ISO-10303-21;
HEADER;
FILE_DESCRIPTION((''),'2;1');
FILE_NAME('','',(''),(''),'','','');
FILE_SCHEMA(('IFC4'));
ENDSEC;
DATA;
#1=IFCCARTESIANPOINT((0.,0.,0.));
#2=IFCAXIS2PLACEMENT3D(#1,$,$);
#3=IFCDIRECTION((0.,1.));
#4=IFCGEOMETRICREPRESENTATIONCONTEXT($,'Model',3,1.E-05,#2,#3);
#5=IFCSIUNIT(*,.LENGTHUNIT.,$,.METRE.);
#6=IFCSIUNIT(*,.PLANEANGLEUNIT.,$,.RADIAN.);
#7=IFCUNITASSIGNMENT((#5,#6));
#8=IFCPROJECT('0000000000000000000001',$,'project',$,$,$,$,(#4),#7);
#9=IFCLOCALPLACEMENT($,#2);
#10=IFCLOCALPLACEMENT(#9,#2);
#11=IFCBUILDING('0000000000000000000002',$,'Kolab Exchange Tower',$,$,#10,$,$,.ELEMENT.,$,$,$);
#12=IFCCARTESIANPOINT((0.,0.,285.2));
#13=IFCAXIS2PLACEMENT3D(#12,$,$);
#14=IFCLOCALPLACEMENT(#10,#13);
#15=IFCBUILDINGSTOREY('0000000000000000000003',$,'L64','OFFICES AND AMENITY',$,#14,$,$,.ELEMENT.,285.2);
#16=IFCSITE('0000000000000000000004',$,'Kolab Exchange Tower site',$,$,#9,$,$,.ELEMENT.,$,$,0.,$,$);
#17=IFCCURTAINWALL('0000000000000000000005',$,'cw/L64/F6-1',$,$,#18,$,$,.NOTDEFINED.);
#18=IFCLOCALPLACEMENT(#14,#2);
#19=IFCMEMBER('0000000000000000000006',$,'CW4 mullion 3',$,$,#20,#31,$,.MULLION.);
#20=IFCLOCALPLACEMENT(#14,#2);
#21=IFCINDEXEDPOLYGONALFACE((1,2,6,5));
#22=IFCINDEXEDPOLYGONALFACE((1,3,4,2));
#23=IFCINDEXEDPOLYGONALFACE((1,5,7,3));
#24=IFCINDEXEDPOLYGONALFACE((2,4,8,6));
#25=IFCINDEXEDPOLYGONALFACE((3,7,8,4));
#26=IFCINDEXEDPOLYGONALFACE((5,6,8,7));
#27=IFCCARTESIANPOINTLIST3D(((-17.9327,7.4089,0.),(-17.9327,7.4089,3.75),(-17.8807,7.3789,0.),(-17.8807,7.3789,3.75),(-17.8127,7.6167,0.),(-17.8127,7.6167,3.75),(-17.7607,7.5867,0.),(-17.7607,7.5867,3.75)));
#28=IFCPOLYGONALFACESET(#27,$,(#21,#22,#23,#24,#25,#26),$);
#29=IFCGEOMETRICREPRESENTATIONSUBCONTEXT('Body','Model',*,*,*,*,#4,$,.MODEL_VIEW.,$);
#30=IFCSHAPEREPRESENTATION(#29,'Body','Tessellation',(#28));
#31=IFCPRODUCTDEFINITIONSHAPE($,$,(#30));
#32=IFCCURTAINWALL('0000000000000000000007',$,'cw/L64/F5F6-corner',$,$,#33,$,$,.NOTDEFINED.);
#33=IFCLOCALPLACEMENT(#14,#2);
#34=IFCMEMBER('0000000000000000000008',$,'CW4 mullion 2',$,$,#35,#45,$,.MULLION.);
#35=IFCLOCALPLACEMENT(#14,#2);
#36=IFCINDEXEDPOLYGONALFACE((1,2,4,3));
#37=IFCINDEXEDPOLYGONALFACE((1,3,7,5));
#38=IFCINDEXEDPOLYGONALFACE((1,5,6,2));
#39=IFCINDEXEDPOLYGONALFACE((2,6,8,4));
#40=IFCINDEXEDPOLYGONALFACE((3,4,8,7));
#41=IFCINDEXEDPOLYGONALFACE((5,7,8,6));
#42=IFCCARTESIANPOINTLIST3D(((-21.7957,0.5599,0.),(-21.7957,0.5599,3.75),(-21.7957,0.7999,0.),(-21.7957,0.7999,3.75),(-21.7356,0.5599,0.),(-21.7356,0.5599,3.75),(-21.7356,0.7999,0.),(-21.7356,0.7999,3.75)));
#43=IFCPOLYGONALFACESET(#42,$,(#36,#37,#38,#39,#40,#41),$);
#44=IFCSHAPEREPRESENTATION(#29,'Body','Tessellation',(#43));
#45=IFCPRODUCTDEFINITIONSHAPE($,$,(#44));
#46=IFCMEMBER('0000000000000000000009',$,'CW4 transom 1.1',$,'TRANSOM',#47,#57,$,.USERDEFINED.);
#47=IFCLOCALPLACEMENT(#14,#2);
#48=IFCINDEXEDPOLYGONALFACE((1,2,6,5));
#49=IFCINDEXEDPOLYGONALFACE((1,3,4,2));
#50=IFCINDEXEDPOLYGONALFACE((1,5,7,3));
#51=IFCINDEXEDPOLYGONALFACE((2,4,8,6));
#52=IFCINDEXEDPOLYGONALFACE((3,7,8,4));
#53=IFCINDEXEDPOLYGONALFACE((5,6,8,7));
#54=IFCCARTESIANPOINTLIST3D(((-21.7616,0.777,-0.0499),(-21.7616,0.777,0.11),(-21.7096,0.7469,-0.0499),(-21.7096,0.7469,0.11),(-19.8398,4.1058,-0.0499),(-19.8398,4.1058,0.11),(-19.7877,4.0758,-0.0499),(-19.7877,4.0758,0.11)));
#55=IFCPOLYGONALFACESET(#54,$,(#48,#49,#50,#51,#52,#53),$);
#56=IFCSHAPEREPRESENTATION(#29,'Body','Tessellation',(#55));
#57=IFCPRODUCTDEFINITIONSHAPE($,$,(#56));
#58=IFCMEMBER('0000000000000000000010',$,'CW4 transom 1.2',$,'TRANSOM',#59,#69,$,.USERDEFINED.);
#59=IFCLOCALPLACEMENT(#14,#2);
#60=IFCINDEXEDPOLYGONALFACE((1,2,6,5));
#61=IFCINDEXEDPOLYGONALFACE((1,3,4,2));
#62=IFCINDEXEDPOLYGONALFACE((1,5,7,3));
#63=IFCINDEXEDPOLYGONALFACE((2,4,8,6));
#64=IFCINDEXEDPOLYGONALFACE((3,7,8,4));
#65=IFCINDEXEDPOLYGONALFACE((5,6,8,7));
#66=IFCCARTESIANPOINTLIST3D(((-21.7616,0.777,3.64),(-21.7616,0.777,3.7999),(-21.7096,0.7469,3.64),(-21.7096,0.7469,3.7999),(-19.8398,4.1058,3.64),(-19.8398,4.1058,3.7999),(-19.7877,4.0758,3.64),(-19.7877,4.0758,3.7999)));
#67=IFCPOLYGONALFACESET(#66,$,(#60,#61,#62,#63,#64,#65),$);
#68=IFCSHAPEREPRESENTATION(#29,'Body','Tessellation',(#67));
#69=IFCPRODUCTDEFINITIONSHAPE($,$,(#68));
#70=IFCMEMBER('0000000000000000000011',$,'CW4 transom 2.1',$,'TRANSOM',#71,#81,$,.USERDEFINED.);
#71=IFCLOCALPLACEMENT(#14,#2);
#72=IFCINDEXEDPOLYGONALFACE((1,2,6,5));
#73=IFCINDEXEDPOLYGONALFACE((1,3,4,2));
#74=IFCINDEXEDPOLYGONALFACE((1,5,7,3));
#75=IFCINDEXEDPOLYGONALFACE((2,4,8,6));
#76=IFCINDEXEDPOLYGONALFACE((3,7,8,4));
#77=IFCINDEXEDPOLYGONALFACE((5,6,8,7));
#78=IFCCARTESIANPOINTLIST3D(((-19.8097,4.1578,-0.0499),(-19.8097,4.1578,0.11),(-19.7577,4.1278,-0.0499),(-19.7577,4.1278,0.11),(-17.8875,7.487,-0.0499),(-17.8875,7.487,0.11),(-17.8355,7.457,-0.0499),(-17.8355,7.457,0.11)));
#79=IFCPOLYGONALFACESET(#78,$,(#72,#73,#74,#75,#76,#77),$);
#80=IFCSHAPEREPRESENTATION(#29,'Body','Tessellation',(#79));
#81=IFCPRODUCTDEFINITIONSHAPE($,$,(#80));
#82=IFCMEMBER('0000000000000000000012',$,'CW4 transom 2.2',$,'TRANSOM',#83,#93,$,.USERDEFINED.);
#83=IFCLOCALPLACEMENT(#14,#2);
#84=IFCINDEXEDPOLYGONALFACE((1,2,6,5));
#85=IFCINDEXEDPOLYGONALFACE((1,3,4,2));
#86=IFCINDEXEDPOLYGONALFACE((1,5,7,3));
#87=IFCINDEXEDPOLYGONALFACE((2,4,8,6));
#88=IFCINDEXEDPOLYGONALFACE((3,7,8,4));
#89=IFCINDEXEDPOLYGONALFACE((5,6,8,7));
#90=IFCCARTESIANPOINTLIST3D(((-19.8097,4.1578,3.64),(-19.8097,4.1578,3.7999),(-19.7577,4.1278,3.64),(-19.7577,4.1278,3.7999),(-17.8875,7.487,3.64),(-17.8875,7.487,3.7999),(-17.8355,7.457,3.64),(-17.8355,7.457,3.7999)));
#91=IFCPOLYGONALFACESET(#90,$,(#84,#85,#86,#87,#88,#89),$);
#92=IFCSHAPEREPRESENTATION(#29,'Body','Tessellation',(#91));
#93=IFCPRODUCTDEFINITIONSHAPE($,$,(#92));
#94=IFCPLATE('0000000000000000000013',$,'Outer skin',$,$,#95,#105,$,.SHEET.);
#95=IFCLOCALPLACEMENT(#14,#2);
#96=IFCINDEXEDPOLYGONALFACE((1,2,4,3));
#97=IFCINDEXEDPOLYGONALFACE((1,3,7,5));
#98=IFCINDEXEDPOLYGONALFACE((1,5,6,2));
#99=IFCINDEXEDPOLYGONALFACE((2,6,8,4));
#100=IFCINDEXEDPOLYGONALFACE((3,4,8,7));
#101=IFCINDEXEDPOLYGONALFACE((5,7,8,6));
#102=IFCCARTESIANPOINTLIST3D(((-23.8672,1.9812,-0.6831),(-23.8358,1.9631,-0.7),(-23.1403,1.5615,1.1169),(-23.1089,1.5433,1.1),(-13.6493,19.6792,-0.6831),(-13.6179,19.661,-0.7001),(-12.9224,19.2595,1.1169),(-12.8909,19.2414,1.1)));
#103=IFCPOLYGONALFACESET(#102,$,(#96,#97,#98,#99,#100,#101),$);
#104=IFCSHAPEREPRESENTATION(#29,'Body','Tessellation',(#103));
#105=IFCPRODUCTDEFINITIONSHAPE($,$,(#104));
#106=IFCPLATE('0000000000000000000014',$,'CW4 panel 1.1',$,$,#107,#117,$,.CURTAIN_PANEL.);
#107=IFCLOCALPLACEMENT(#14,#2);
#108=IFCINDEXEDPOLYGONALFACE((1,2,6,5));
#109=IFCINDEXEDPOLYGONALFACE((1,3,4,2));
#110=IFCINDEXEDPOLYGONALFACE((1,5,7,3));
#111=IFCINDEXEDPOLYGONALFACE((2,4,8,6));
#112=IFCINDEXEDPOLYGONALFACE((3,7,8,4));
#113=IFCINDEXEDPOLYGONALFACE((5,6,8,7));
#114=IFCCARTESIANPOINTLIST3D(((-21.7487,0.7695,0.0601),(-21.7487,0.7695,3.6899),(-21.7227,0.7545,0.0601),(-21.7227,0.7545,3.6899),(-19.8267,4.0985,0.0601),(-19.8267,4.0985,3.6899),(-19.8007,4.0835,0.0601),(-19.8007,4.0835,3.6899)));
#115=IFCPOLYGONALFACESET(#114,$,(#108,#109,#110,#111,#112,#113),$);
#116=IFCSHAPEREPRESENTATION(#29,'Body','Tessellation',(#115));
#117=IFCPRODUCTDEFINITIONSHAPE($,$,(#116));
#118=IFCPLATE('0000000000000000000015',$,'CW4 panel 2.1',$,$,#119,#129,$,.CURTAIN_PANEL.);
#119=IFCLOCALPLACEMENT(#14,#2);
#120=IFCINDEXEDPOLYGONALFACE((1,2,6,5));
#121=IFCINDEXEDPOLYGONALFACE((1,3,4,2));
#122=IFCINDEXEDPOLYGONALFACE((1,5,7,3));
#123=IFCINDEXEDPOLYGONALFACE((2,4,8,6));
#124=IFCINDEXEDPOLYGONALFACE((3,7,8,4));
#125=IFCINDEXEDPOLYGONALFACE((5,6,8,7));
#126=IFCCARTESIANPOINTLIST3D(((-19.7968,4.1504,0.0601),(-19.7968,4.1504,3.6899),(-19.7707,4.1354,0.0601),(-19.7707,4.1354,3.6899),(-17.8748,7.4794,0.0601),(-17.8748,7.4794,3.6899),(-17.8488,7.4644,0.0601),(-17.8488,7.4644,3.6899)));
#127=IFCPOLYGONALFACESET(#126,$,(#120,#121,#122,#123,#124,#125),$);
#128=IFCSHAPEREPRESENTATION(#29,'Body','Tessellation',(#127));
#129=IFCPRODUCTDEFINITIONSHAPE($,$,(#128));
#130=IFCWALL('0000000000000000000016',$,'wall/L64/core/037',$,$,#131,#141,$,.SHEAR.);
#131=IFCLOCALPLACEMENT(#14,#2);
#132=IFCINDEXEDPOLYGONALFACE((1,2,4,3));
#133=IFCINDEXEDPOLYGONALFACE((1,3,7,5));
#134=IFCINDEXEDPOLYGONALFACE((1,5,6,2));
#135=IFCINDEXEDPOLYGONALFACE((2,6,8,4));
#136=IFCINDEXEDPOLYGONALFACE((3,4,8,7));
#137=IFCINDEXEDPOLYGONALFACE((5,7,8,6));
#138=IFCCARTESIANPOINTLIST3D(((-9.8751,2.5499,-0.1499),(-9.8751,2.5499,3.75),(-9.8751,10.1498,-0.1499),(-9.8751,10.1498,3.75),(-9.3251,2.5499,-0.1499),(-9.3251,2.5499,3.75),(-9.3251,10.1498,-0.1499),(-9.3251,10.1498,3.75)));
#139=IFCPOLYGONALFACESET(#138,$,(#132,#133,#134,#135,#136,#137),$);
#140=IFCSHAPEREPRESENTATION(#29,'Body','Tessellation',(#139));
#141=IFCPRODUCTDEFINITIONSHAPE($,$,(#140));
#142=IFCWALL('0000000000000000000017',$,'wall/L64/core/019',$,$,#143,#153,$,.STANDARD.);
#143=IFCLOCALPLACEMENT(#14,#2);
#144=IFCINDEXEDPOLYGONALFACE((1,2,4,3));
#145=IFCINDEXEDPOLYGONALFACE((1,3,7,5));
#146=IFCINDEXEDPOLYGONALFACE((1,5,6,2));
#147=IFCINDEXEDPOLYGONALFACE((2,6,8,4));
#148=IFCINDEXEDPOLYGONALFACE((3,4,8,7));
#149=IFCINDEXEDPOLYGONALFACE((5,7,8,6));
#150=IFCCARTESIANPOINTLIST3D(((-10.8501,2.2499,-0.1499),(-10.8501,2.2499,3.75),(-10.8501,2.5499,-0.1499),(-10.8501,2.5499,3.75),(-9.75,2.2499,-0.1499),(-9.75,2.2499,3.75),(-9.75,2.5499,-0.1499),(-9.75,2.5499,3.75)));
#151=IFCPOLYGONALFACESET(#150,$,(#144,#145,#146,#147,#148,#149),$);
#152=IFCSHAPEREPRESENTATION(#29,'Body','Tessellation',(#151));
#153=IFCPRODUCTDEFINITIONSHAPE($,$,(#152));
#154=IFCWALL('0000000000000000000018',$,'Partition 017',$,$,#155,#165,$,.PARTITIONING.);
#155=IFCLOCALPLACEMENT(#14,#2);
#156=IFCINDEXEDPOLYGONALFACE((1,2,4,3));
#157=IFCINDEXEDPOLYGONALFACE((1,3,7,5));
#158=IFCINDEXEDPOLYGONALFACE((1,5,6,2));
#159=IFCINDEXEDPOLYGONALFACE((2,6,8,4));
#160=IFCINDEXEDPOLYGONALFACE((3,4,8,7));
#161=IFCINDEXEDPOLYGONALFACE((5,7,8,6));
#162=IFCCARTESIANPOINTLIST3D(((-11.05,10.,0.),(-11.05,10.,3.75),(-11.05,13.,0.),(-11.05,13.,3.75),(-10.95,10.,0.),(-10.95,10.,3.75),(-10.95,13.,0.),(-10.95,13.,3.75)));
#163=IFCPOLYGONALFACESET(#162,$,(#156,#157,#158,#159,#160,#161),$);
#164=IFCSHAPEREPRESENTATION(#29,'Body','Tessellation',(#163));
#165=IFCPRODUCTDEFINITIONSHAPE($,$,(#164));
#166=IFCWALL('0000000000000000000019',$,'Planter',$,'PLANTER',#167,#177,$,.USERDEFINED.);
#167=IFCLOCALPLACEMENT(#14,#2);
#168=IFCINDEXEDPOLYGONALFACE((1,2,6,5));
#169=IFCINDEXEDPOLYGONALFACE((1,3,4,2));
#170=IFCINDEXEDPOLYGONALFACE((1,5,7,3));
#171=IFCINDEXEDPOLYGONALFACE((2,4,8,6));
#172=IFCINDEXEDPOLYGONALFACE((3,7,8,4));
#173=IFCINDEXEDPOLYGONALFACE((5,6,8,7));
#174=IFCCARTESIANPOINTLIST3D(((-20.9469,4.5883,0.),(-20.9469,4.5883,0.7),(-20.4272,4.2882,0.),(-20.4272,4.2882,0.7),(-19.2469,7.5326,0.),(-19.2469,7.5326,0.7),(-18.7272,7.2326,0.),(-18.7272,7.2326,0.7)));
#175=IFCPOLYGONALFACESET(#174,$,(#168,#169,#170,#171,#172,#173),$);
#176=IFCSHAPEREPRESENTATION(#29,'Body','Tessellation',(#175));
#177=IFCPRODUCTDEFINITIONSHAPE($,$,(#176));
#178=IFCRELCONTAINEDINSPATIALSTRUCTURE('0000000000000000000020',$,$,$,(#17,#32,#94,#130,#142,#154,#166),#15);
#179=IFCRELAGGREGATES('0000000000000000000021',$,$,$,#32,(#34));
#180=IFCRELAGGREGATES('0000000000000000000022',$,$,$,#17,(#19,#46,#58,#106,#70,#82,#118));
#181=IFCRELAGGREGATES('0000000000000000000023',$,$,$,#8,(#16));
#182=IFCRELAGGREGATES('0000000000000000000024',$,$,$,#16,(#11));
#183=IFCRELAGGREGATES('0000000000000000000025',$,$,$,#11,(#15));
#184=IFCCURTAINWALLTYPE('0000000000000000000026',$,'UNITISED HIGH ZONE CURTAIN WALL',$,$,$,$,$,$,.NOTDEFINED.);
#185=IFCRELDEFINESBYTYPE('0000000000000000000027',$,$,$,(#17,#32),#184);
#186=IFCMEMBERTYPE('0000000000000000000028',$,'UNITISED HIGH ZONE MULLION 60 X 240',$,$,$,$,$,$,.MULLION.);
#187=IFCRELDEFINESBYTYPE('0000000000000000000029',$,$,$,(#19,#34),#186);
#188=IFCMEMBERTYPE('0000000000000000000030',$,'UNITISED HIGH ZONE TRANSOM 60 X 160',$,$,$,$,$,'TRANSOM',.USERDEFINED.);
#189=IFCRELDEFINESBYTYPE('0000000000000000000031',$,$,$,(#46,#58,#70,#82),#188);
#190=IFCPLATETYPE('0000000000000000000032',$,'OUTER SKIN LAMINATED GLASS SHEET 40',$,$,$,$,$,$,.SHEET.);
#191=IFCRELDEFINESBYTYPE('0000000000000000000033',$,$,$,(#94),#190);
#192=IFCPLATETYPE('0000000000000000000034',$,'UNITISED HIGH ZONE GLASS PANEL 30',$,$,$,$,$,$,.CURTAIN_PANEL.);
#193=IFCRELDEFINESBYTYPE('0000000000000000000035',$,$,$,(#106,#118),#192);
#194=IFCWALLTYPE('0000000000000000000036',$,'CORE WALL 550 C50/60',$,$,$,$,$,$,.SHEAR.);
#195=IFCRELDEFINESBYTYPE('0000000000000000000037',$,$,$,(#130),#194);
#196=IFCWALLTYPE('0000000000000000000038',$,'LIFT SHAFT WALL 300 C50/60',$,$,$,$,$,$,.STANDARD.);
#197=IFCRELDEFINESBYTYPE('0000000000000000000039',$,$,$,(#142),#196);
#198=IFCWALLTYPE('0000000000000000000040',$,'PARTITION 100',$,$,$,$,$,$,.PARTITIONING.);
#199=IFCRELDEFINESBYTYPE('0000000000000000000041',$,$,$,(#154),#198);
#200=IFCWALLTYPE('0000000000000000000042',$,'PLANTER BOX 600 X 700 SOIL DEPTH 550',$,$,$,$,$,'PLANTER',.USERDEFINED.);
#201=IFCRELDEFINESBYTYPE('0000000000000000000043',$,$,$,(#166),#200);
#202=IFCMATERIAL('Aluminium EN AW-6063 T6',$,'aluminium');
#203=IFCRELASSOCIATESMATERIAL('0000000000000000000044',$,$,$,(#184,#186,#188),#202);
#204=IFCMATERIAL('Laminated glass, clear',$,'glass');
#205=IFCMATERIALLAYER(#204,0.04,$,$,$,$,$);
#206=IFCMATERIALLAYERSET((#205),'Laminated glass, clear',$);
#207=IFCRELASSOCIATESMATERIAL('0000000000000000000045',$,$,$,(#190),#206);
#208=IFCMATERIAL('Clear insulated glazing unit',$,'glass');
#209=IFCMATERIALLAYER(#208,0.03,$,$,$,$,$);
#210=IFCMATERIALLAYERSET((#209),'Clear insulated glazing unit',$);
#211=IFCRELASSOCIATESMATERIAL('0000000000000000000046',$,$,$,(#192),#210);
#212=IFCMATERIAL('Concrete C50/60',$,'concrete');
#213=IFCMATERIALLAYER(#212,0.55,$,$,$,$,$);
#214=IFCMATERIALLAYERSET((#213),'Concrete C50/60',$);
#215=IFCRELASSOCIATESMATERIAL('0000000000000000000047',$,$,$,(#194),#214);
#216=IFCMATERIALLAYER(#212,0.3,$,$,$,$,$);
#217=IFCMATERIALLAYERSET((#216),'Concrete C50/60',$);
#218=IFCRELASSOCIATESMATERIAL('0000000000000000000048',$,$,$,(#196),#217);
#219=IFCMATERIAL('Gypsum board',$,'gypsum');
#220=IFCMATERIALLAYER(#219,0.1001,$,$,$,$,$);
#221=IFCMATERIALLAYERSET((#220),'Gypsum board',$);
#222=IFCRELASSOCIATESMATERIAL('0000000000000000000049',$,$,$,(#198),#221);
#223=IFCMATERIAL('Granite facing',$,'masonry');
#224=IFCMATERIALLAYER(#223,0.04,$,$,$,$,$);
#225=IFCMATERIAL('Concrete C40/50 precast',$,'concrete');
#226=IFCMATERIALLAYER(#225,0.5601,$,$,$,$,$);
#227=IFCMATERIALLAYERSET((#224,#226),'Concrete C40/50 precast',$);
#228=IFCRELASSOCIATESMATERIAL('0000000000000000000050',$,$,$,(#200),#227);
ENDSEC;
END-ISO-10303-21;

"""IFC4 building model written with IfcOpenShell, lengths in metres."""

from ifc_helpers import new_model, si_unit, direction, frame, frame_2d, origin, origin_2d, place, context, subcontext, project, spatial, polyline, rectangle, outline, extrude, material, layer, layer_set, material_profile, profile_set, type_object, element, aggregate, save


model = new_model("IFC4")

# Units and contexts
model_context = context("Model", 3, precision=1e-05, world=origin(), true_north=direction((0.0, 1.0)))
body_context = subcontext(model_context, "Body", "Model", "MODEL_VIEW")
ifc_project = project(units=[si_unit("LENGTHUNIT", "METRE"), si_unit("PLANEANGLEUNIT", "RADIAN")], contexts=[model_context])

# Site, building, storey
site_placement = place(None, origin())
site = spatial("IfcSite", under=ifc_project, at=site_placement, Name="Kolab Exchange Tower site", CompositionType="ELEMENT", RefElevation=0.0)
building_placement = place(site_placement, origin())
building = spatial("IfcBuilding", under=site, at=building_placement, Name="Kolab Exchange Tower", CompositionType="ELEMENT")
storey_placement = place(building_placement, frame((0.0, 0.0, 285.2)))
storey = spatial("IfcBuildingStorey", under=building, at=storey_placement, Name="L64", Description="OFFICES AND AMENITY", CompositionType="ELEMENT", Elevation=285.2)

# Shared definitions
ifc_material_1 = material(Name="Concrete C50/60", Category="concrete")

# Curtain wall, member
ifc_material_2 = material(Name="Aluminium EN AW-6063 T6", Category="aluminium")
curtain_wall_type = type_object("IfcCurtainWallType", Name="UNITISED HIGH ZONE CURTAIN WALL", PredefinedType="NOTDEFINED", material=ifc_material_2)
curtain_wall_1_placement = place(storey_placement, origin())
curtain_wall_1 = element("IfcCurtainWall", 1, at=curtain_wall_1_placement, inside=storey, type_object=curtain_wall_type, Name="cw/L64/F6-1", PredefinedType="NOTDEFINED")
ifc_material_profile_1 = material_profile(ifc_material_2, rectangle(XDim=0.0601, YDim=0.24, at=origin_2d()), Name="RECT 60X240")
ifc_profile_set_1 = profile_set([ifc_material_profile_1], Name="Aluminium EN AW-6063 T6")
member_type_1 = type_object("IfcMemberType", Name="UNITISED HIGH ZONE MULLION 60 X 240", PredefinedType="MULLION", material=ifc_profile_set_1)
member_1_placement = place(storey_placement, frame((-17.8467, 7.4978, 0.0), z_axis=(0.0, 0.0, 1.0), x_axis=(-0.866025, 0.5, 0.0)))
member_1 = element("IfcMember", 2, at=member_1_placement, type_object=member_type_1, Name="CW4 mullion 3", PredefinedType="MULLION", context=body_context, shape_type="SweptSolid", body=[
    extrude(rectangle(XDim=0.0601, YDim=0.24, at=origin_2d()), origin(), (0.0, 0.0, 1.0), 3.75),
])

# Curtain wall, member
curtain_wall_2_placement = place(storey_placement, origin())
curtain_wall_2 = element("IfcCurtainWall", 3, at=curtain_wall_2_placement, inside=storey, type_object=curtain_wall_type, Name="cw/L64/F5F6-corner", PredefinedType="NOTDEFINED")
member_2_placement = place(storey_placement, frame((-21.7656, 0.6799, 0.0), z_axis=(0.0, 0.0, 1.0), x_axis=(-1.0, 0.0, 0.0)))
member_2 = element("IfcMember", 4, at=member_2_placement, type_object=member_type_1, Name="CW4 mullion 2", PredefinedType="MULLION", context=body_context, shape_type="SweptSolid", body=[
    extrude(rectangle(XDim=0.0601, YDim=0.24, at=origin_2d()), origin(), (0.0, 0.0, 1.0), 3.75),
])
aggregate(curtain_wall_2, [member_2])

# Members
ifc_material_profile_2 = material_profile(ifc_material_2, rectangle(XDim=0.0601, YDim=0.1599, at=origin_2d()), Name="RECT 60X160")
ifc_profile_set_2 = profile_set([ifc_material_profile_2], Name="Aluminium EN AW-6063 T6")
member_type_2 = type_object("IfcMemberType", Name="UNITISED HIGH ZONE TRANSOM 60 X 160", ElementType="TRANSOM", PredefinedType="USERDEFINED", material=ifc_profile_set_2)
member_3_placement = place(storey_placement, frame((-21.7356, 0.762, 0.03), z_axis=(0.499992, 0.86603, 0.0), x_axis=(-0.86603, 0.499992, 0.0)))
member_3 = element("IfcMember", 5, at=member_3_placement, type_object=member_type_2, Name="CW4 transom 1.1", ObjectType="TRANSOM", PredefinedType="USERDEFINED", context=body_context, shape_type="SweptSolid", body=[
    extrude(rectangle(XDim=0.0601, YDim=0.1599, at=origin_2d()), origin(), (0.0, 0.0, 1.0), 3.8438),
])
member_4_placement = place(storey_placement, frame((-21.7356, 0.762, 3.72), z_axis=(0.499992, 0.86603, 0.0), x_axis=(-0.86603, 0.499992, 0.0)))
member_4 = element("IfcMember", 6, at=member_4_placement, type_object=member_type_2, Name="CW4 transom 1.2", ObjectType="TRANSOM", PredefinedType="USERDEFINED", context=body_context, shape_type="SweptSolid", body=[
    extrude(rectangle(XDim=0.0601, YDim=0.1599, at=origin_2d()), origin(), (0.0, 0.0, 1.0), 3.8438),
])
member_5_placement = place(storey_placement, frame((-19.7837, 4.1428, 0.03), z_axis=(0.500012, 0.866018, 0.0), x_axis=(-0.866018, 0.500012, 0.0)))
member_5 = element("IfcMember", 7, at=member_5_placement, type_object=member_type_2, Name="CW4 transom 2.1", ObjectType="TRANSOM", PredefinedType="USERDEFINED", context=body_context, shape_type="SweptSolid", body=[
    extrude(rectangle(XDim=0.0601, YDim=0.1599, at=origin_2d()), origin(), (0.0, 0.0, 1.0), 3.8442),
])
member_6_placement = place(storey_placement, frame((-19.7837, 4.1428, 3.72), z_axis=(0.500012, 0.866018, 0.0), x_axis=(-0.866018, 0.500012, 0.0)))
member_6 = element("IfcMember", 8, at=member_6_placement, type_object=member_type_2, Name="CW4 transom 2.2", ObjectType="TRANSOM", PredefinedType="USERDEFINED", context=body_context, shape_type="SweptSolid", body=[
    extrude(rectangle(XDim=0.0601, YDim=0.1599, at=origin_2d()), origin(), (0.0, 0.0, 1.0), 3.8442),
])

# Plates
ifc_material_3 = material(Name="Laminated glass, clear", Category="glass")
ifc_layer_1 = layer(ifc_material_3, 0.04)
ifc_layer_set_1 = layer_set([ifc_layer_1], Name="Laminated glass, clear")
plate_type_1 = type_object("IfcPlateType", Name="OUTER SKIN LAMINATED GLASS SHEET 40", PredefinedType="SHEET", material=ifc_layer_set_1)
plate_1_placement = place(storey_placement, frame((-23.8672, 1.9812, -0.6831), z_axis=(-0.784886, 0.453152, 0.422619), x_axis=(0.499997, 0.866027, -0.000002)))
element("IfcPlate", 9, at=plate_1_placement, inside=storey, type_object=plate_type_1, Name="Outer skin", PredefinedType="SHEET", context=body_context, shape_type="SweptSolid", body=[
    extrude(outline(polyline([(0.0, 0.0), (20.4358, 0.0), (20.4359, -1.9862), (-0.0001, -1.9861), (0.0, 0.0)])), origin(), (0.0, 0.0, -1.0), 0.04),
])
ifc_material_4 = material(Name="Clear insulated glazing unit", Category="glass")
ifc_layer_2 = layer(ifc_material_4, 0.03)
ifc_layer_set_2 = layer_set([ifc_layer_2], Name="Clear insulated glazing unit")
plate_type_2 = type_object("IfcPlateType", Name="UNITISED HIGH ZONE GLASS PANEL 30", PredefinedType="CURTAIN_PANEL", material=ifc_layer_set_2)
plate_2_placement = place(storey_placement, frame((-20.7747, 2.4265, 0.0601), z_axis=(0.0, 0.0, 1.0), x_axis=(0.5, 0.866025, 0.0)))
plate_2 = element("IfcPlate", 10, at=plate_2_placement, type_object=plate_type_2, Name="CW4 panel 1.1", PredefinedType="CURTAIN_PANEL", context=body_context, shape_type="SweptSolid", body=[
    extrude(rectangle(XDim=3.844, YDim=0.03, at=origin_2d()), origin(), (0.0, 0.0, 1.0), 3.6299),
])
plate_3_placement = place(storey_placement, frame((-18.8228, 5.8074, 0.0601), z_axis=(0.0, 0.0, 1.0), x_axis=(0.5, 0.866025, 0.0)))
plate_3 = element("IfcPlate", 11, at=plate_3_placement, type_object=plate_type_2, Name="CW4 panel 2.1", PredefinedType="CURTAIN_PANEL", context=body_context, shape_type="SweptSolid", body=[
    extrude(rectangle(XDim=3.844, YDim=0.03, at=origin_2d()), origin(), (0.0, 0.0, 1.0), 3.6299),
])
aggregate(curtain_wall_1, [member_1, member_3, member_4, plate_2, member_5, member_6, plate_3])

# Wall
ifc_layer_3 = layer(ifc_material_1, 0.55)
ifc_layer_set_3 = layer_set([ifc_layer_3], Name="Concrete C50/60")
wall_type_1 = type_object("IfcWallType", Name="CORE WALL 550 C50/60", PredefinedType="SHEAR", material=ifc_layer_set_3)
wall_1_placement = place(storey_placement, frame((-9.6001, 2.55, -0.1499), z_axis=(0.0, 0.0, 1.0), x_axis=(0.0, 1.0, 0.0)))
element("IfcWall", 12, at=wall_1_placement, inside=storey, type_object=wall_type_1, Name="wall/L64/core/037", PredefinedType="SHEAR", context=body_context, shape_type="SweptSolid", body=[
    extrude(rectangle(XDim=7.5999, YDim=0.55, at=frame_2d((3.7998, 0.0))), origin(), (0.0, 0.0, 1.0), 3.8999),
])

# Walls
ifc_layer_4 = layer(ifc_material_1, 0.3)
ifc_layer_set_4 = layer_set([ifc_layer_4], Name="Concrete C50/60")
wall_type_2 = type_object("IfcWallType", Name="LIFT SHAFT WALL 300 C50/60", PredefinedType="STANDARD", material=ifc_layer_set_4)
wall_2_placement = place(storey_placement, frame((-10.8501, 2.3999, -0.1499), z_axis=(0.0, 0.0, 1.0), x_axis=(1.0, 0.0, 0.0)))
element("IfcWall", 13, at=wall_2_placement, inside=storey, type_object=wall_type_2, Name="wall/L64/core/019", PredefinedType="STANDARD", context=body_context, shape_type="SweptSolid", body=[
    extrude(rectangle(XDim=1.1001, YDim=0.3, at=frame_2d((0.55, 0.0))), origin(), (0.0, 0.0, 1.0), 3.8999),
])
ifc_material_5 = material(Name="Gypsum board", Category="gypsum")
ifc_layer_5 = layer(ifc_material_5, 0.1001)
ifc_layer_set_5 = layer_set([ifc_layer_5], Name="Gypsum board")
wall_type_3 = type_object("IfcWallType", Name="PARTITION 100", PredefinedType="PARTITIONING", material=ifc_layer_set_5)
wall_3_placement = place(storey_placement, frame((-11.0, 10.0, 0.0), z_axis=(0.0, 0.0, 1.0), x_axis=(0.0, 1.0, 0.0)))
element("IfcWall", 14, at=wall_3_placement, inside=storey, type_object=wall_type_3, Name="Partition 017", PredefinedType="PARTITIONING", context=body_context, shape_type="SweptSolid", body=[
    extrude(rectangle(XDim=3.0, YDim=0.1001, at=frame_2d((1.5, 0.0))), origin(), (0.0, 0.0, 1.0), 3.75),
])
ifc_material_6 = material(Name="Granite facing", Category="masonry")
ifc_layer_6 = layer(ifc_material_6, 0.04)
ifc_material_7 = material(Name="Concrete C40/50 precast", Category="concrete")
ifc_layer_7 = layer(ifc_material_7, 0.5601)
ifc_layer_set_6 = layer_set([ifc_layer_6, ifc_layer_7], Name="Concrete C40/50 precast")
wall_type_4 = type_object("IfcWallType", Name="PLANTER BOX 600 X 700 SOIL DEPTH 550", ElementType="PLANTER", PredefinedType="USERDEFINED", material=ifc_layer_set_6)
wall_4_placement = place(storey_placement, frame((-20.687, 4.4382, 0.0), z_axis=(0.0, 0.0, 1.0), x_axis=(0.500008, 0.866021, 0.0)))
element("IfcWall", 15, at=wall_4_placement, inside=storey, type_object=wall_type_4, Name="Planter", ObjectType="PLANTER", PredefinedType="USERDEFINED", context=body_context, shape_type="SweptSolid", body=[
    extrude(rectangle(XDim=3.3999, YDim=0.6001, at=frame_2d((1.7, 0.0))), origin(), (0.0, 0.0, 1.0), 0.7),
])

save(model, "model.ifc")
